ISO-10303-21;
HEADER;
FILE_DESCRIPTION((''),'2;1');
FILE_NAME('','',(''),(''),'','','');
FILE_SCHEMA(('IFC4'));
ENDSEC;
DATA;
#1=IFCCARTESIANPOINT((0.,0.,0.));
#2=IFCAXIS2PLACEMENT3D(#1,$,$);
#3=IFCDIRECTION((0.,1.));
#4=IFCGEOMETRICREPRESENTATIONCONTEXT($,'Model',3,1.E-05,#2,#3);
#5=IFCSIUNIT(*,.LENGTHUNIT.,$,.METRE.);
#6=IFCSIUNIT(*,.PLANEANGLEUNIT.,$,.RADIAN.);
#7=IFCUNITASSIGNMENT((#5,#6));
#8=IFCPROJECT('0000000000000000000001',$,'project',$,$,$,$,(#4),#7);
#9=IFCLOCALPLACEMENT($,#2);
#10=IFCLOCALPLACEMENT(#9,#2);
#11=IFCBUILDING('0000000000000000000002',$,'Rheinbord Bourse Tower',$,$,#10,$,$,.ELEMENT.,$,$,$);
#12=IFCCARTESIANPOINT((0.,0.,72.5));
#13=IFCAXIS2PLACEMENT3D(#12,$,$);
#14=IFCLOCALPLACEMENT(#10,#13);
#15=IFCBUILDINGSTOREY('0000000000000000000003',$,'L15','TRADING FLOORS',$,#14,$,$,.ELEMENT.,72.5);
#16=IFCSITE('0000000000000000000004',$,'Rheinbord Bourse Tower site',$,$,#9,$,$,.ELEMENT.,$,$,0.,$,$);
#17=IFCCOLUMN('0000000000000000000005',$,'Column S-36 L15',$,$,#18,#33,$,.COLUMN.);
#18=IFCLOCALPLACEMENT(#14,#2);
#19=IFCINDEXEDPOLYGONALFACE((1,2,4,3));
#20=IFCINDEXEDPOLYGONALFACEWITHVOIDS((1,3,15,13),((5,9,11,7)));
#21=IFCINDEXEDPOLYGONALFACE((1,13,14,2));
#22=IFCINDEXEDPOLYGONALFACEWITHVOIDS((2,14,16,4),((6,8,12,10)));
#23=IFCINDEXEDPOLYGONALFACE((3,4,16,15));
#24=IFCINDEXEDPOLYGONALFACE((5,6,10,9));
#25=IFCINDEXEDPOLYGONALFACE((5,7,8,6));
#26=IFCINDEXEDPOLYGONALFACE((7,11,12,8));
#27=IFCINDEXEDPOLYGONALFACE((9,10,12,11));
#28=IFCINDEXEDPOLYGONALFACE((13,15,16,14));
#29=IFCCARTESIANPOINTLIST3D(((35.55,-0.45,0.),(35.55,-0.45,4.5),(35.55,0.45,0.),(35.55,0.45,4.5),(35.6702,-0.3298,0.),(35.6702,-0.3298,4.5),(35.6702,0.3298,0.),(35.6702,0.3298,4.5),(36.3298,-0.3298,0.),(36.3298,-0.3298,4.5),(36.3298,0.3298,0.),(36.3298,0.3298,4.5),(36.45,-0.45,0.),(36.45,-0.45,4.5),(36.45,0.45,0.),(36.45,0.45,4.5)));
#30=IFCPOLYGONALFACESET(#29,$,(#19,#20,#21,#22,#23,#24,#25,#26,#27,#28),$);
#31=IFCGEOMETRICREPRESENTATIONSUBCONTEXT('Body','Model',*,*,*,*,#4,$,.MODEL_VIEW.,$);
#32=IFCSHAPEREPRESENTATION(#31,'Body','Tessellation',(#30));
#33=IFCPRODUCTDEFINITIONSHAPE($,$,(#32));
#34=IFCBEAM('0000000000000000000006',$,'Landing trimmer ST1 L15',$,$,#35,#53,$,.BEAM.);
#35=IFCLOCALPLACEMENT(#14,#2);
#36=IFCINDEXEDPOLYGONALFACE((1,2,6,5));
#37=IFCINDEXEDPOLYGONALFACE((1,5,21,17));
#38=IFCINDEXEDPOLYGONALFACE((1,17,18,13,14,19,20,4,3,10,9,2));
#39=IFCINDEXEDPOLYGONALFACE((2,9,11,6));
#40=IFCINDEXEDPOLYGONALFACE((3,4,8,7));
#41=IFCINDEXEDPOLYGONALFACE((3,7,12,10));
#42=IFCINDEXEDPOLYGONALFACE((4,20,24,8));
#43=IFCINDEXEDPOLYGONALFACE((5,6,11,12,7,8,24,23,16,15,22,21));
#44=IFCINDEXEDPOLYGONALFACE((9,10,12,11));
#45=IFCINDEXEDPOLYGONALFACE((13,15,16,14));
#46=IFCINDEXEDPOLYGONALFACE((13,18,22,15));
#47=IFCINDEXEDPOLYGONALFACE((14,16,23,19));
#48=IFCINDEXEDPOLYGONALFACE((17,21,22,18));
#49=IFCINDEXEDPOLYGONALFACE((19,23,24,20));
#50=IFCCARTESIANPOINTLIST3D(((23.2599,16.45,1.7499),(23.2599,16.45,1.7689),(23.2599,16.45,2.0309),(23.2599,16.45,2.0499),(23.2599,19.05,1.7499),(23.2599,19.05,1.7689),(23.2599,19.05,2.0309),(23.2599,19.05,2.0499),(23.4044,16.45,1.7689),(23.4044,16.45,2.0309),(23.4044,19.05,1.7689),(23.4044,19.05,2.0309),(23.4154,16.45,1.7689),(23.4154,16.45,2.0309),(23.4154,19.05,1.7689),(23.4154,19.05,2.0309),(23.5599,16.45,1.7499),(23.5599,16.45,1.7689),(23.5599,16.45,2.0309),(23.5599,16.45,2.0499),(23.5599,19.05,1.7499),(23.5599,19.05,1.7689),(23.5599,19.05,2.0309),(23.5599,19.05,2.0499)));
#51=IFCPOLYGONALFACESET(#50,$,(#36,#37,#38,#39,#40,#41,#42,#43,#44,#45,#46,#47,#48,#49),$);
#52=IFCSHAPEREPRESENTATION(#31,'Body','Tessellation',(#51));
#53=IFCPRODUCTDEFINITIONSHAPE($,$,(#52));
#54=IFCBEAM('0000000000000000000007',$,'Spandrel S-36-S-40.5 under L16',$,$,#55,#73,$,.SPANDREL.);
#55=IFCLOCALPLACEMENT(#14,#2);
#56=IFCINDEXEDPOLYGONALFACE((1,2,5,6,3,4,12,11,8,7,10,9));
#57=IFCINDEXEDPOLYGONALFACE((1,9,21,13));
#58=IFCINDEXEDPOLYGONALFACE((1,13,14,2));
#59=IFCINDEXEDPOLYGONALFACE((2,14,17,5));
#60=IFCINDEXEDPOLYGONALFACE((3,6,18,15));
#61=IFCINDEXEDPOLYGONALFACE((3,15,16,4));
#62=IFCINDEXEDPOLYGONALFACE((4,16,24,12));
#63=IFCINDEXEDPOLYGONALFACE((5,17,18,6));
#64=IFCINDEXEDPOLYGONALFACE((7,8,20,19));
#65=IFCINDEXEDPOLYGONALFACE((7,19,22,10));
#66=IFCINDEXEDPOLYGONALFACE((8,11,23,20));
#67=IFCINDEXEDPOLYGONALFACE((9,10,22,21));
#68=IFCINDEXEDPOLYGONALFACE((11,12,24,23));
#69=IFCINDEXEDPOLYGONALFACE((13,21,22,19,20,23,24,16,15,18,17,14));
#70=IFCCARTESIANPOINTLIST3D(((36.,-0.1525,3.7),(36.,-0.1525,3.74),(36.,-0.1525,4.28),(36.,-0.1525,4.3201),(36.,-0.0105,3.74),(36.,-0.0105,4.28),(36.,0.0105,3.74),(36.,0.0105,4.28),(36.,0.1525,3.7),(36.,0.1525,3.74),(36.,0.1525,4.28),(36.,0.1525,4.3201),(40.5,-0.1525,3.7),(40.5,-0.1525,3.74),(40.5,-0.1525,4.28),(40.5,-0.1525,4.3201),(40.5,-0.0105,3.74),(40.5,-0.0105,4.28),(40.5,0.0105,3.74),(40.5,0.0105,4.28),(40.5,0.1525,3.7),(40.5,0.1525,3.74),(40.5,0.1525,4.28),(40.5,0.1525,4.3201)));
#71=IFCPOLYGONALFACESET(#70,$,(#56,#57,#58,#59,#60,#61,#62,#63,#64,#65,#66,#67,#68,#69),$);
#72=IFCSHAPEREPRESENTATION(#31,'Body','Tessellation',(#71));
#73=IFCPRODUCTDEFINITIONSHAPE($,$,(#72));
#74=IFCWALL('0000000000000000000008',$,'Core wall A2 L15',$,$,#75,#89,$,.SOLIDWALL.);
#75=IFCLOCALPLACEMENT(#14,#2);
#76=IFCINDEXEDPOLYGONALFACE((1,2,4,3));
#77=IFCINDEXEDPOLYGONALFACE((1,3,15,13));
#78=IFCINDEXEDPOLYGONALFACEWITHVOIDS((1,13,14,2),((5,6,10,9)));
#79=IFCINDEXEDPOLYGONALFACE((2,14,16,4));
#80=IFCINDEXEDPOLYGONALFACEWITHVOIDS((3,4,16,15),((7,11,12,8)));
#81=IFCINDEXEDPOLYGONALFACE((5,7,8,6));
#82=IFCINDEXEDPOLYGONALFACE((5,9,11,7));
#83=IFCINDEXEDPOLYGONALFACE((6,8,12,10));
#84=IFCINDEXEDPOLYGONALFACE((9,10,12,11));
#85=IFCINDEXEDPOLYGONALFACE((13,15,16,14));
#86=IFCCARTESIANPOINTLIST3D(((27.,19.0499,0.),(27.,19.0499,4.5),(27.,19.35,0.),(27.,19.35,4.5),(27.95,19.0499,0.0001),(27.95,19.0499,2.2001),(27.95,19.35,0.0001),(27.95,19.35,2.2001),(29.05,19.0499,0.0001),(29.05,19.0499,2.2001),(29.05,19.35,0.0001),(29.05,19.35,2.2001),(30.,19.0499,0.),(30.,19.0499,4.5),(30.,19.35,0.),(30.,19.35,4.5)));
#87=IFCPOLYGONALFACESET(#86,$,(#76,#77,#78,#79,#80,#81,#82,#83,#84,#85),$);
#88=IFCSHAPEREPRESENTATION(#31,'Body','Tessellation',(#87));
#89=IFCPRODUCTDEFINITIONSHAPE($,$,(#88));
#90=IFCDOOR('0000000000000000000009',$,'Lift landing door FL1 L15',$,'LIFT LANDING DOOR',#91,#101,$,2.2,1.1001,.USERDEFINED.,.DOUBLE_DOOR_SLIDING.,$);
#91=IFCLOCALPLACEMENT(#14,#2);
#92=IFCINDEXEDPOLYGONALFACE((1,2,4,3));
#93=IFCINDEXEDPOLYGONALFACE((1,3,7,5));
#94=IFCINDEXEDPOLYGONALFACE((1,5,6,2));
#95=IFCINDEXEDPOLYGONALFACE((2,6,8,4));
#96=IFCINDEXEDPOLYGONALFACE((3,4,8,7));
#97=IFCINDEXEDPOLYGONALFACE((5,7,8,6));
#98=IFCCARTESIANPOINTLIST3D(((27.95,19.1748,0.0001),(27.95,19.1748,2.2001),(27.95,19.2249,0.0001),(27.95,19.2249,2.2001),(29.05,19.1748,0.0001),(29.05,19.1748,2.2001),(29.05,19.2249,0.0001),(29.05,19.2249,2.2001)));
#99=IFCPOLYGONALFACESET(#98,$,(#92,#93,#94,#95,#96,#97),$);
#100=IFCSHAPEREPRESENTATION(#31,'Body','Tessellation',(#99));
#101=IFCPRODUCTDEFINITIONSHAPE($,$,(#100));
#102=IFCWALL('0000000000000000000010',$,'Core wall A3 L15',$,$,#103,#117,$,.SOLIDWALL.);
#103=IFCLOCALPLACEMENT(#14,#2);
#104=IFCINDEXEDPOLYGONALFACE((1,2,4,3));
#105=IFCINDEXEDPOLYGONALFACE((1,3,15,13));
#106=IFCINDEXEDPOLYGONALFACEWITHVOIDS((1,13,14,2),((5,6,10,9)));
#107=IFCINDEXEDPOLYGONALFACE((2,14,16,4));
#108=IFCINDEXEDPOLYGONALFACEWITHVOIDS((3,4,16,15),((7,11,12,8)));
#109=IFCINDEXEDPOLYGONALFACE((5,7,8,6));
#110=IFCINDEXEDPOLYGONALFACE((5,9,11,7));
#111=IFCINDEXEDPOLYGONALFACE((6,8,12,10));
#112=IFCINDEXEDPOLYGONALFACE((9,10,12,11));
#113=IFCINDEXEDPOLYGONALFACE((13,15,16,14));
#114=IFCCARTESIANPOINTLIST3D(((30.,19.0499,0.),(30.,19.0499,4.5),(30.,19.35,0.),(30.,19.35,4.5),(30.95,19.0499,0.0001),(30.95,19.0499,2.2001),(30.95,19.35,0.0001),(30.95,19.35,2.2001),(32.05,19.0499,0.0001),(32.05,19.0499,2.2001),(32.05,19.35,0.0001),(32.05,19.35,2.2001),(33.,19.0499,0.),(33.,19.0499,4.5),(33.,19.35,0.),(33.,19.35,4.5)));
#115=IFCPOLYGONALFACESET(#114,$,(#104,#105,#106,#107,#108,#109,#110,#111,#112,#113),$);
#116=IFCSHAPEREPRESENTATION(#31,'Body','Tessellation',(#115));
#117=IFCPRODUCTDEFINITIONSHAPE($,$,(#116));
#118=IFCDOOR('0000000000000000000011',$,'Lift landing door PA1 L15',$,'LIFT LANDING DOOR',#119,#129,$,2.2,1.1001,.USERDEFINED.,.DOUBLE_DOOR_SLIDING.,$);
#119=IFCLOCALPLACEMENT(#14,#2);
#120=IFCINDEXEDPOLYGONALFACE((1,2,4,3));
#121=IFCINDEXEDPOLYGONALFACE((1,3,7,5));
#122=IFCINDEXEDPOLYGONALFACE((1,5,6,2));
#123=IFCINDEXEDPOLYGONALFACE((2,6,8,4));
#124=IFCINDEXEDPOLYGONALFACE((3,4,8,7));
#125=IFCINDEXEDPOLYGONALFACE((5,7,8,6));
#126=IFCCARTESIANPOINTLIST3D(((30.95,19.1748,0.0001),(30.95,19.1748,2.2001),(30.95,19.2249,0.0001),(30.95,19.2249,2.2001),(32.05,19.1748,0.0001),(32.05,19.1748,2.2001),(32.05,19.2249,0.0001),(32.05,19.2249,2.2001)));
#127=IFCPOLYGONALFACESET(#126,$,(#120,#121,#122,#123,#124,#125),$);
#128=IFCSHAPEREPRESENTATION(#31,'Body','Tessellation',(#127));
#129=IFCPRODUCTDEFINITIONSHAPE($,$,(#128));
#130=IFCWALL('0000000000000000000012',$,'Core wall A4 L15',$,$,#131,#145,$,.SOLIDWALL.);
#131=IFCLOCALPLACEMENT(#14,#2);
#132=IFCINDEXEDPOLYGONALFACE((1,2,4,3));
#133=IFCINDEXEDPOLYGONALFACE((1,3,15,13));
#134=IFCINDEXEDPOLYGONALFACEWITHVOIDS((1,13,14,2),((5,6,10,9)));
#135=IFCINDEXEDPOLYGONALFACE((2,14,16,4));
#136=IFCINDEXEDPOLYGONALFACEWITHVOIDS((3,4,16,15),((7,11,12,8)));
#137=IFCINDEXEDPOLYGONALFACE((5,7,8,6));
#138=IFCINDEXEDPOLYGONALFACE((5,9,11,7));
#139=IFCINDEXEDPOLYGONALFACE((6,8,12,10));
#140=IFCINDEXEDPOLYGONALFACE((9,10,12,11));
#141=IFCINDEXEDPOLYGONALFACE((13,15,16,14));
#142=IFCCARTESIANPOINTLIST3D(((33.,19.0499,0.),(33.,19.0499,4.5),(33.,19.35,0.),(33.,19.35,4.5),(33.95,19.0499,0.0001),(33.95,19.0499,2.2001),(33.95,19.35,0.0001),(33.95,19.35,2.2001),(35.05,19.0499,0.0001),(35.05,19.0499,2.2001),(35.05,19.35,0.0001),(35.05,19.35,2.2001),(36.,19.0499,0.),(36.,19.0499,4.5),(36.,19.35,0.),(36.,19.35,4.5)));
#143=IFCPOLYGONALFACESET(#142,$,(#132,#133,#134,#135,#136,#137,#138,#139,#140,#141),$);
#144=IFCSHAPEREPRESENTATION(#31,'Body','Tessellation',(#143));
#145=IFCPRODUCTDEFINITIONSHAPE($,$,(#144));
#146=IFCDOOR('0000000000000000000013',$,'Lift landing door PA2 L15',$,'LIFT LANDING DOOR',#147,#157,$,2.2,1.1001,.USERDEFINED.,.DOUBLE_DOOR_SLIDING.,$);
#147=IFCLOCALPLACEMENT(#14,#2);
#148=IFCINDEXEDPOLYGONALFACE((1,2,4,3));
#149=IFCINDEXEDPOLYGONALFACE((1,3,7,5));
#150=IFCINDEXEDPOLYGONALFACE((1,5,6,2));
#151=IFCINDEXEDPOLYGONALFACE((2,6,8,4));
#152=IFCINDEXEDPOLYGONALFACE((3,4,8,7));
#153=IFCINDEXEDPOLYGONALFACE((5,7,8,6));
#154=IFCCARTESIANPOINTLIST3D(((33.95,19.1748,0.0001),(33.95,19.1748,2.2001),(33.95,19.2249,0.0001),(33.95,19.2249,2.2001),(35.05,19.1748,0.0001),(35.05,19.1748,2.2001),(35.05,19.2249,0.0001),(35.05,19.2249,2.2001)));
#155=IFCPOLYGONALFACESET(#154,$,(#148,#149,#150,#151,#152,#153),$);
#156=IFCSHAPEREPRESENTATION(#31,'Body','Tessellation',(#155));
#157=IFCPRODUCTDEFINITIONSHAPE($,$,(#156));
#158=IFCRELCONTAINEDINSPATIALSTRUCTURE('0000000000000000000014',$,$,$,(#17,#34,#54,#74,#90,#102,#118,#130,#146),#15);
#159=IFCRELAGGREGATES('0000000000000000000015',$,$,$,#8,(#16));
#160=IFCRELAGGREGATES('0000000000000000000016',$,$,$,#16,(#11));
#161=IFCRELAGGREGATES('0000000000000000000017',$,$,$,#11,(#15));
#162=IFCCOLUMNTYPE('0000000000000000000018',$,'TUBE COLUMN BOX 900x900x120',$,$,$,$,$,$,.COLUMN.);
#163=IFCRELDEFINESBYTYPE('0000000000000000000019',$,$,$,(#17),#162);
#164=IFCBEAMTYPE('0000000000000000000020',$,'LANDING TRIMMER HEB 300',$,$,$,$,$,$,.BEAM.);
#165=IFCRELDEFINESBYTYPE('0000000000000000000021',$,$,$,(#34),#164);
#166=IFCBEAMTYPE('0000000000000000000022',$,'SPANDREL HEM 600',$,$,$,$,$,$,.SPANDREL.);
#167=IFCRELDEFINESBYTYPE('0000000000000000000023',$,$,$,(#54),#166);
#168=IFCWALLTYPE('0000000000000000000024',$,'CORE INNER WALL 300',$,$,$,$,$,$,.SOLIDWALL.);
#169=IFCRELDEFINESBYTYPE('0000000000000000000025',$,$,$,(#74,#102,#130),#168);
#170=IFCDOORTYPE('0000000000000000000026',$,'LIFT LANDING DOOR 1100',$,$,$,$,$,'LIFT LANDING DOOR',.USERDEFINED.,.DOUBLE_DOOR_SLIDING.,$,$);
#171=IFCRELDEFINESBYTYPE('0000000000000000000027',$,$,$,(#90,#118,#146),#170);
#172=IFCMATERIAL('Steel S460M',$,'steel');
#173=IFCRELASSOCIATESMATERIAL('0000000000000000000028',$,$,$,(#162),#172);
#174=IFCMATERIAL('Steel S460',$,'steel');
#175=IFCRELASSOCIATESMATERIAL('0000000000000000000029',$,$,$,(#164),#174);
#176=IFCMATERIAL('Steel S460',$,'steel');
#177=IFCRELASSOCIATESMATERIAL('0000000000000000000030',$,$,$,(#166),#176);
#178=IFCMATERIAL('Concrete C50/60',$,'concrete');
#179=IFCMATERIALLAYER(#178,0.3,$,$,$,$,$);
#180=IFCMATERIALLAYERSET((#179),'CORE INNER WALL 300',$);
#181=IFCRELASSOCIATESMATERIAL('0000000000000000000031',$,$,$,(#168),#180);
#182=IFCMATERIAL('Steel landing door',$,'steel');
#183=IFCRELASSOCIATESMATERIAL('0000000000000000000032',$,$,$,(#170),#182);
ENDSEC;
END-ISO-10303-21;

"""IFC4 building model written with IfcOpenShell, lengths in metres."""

from ifc_helpers import new_model, si_unit, direction, frame, frame_2d, origin, origin_2d, place, context, subcontext, project, spatial, rectangle, hollow_rectangle, i_section, extrude, material, layer, layer_set, material_profile, profile_set, type_object, element, fill, save


model = new_model("IFC4")

# Units and contexts
model_context = context("Model", 3, precision=1e-05, world=origin(), true_north=direction((0.0, 1.0)))
body_context = subcontext(model_context, "Body", "Model", "MODEL_VIEW")
ifc_project = project(units=[si_unit("LENGTHUNIT", "METRE"), si_unit("PLANEANGLEUNIT", "RADIAN")], contexts=[model_context])

# Site, building, storey
site_placement = place(None, origin())
site = spatial("IfcSite", under=ifc_project, at=site_placement, Name="Rheinbord Bourse Tower site", CompositionType="ELEMENT", RefElevation=0.0)
building_placement = place(site_placement, origin())
building = spatial("IfcBuilding", under=site, at=building_placement, Name="Rheinbord Bourse Tower", CompositionType="ELEMENT")
storey_placement = place(building_placement, frame((0.0, 0.0, 72.5)))
storey = spatial("IfcBuildingStorey", under=building, at=storey_placement, Name="L15", Description="TRADING FLOORS", CompositionType="ELEMENT", Elevation=72.5)

# Column
ifc_material_1 = material(Name="Steel S460M", Category="steel")
ifc_material_profile_1 = material_profile(ifc_material_1, hollow_rectangle(XDim=0.8999, YDim=0.8999, WallThickness=0.1201, at=origin_2d()), Name="BOX 900x900x120")
ifc_profile_set_1 = profile_set([ifc_material_profile_1], Name="Steel S460M")
column_type = type_object("IfcColumnType", Name="TUBE COLUMN BOX 900x900x120", PredefinedType="COLUMN", material=ifc_profile_set_1)
column_placement = place(storey_placement, frame((36.0, 0.0, 0.0), z_axis=(0.0, 0.0, 1.0), x_axis=(0.0, 1.0, 0.0)))
element("IfcColumn", 1, at=column_placement, inside=storey, type_object=column_type, Name="Column S-36 L15", PredefinedType="COLUMN", context=body_context, shape_type="SweptSolid", body=[
    extrude(hollow_rectangle(XDim=0.8999, YDim=0.8999, WallThickness=0.1201, at=origin_2d()), origin(), (0.0, 0.0, 1.0), 4.5),
])

# Beams
ifc_material_2 = material(Name="Steel S460", Category="steel")
ifc_material_profile_2 = material_profile(ifc_material_2, i_section(OverallWidth=0.3, OverallDepth=0.3, WebThickness=0.011, FlangeThickness=0.019, at=origin_2d()), Name="HEB 300")
ifc_profile_set_2 = profile_set([ifc_material_profile_2], Name="Steel S460")
beam_type_1 = type_object("IfcBeamType", Name="LANDING TRIMMER HEB 300", PredefinedType="BEAM", material=ifc_profile_set_2)
beam_1_placement = place(storey_placement, frame((23.4099, 16.45, 1.8999), z_axis=(0.0, 1.0, 0.0), x_axis=(-1.0, 0.0, 0.0)))
element("IfcBeam", 2, at=beam_1_placement, inside=storey, type_object=beam_type_1, Name="Landing trimmer ST1 L15", PredefinedType="BEAM", context=body_context, shape_type="SweptSolid", body=[
    extrude(i_section(OverallWidth=0.3, OverallDepth=0.3, WebThickness=0.011, FlangeThickness=0.019, at=origin_2d()), origin(), (0.0, 0.0, 1.0), 2.6001),
])
ifc_material_3 = material(Name="Steel S460", Category="steel")
ifc_material_profile_3 = material_profile(ifc_material_3, i_section(OverallWidth=0.3049, OverallDepth=0.6201, WebThickness=0.021, FlangeThickness=0.04, at=origin_2d()), Name="HEM 600")
ifc_profile_set_3 = profile_set([ifc_material_profile_3], Name="Steel S460")
beam_type_2 = type_object("IfcBeamType", Name="SPANDREL HEM 600", PredefinedType="SPANDREL", material=ifc_profile_set_3)
beam_2_placement = place(storey_placement, frame((36.0, 0.0, 4.01), z_axis=(1.0, 0.0, 0.0), x_axis=(0.0, 1.0, 0.0)))
element("IfcBeam", 3, at=beam_2_placement, inside=storey, type_object=beam_type_2, Name="Spandrel S-36-S-40.5 under L16", PredefinedType="SPANDREL", context=body_context, shape_type="SweptSolid", body=[
    extrude(i_section(OverallWidth=0.3049, OverallDepth=0.6201, WebThickness=0.021, FlangeThickness=0.04, at=origin_2d()), origin(), (0.0, 0.0, 1.0), 4.5),
])

# Walls, openings, doors
ifc_material_4 = material(Name="Concrete C50/60", Category="concrete")
ifc_layer_1 = layer(ifc_material_4, 0.3)
ifc_layer_set_1 = layer_set([ifc_layer_1], Name="CORE INNER WALL 300")
wall_type_1 = type_object("IfcWallType", Name="CORE INNER WALL 300", PredefinedType="SOLIDWALL", material=ifc_layer_set_1)
wall_1_placement = place(storey_placement, frame((27.0, 19.2, 0.0), z_axis=(0.0, 0.0, 1.0), x_axis=(1.0, 0.0, 0.0)))
wall_1 = element("IfcWall", 4, at=wall_1_placement, inside=storey, type_object=wall_type_1, Name="Core wall A2 L15", PredefinedType="SOLIDWALL", context=body_context, shape_type="SweptSolid", body=[
    extrude(rectangle(XDim=3.0, YDim=0.3, at=frame_2d((1.5, 0.0))), origin(), (0.0, 0.0, 1.0), 4.5),
])
opening_1_placement = place(wall_1_placement, frame((0.95, 0.0, 0.0)))
opening_1 = element("IfcOpeningElement", 5, at=opening_1_placement, cuts=wall_1, PredefinedType="OPENING", context=body_context, shape_type="SweptSolid", body=[
    extrude(rectangle(XDim=1.1001, YDim=2.2, at=frame_2d((0.55, 1.1001))), frame((0.0, 0.1599, 0.0), z_axis=(0.0, -1.0, 0.0), x_axis=(1.0, 0.0, 0.0)), (0.0, 0.0, 1.0), 0.3201),
])
ifc_material_5 = material(Name="Steel landing door", Category="steel")
door_type_1 = type_object("IfcDoorType", Name="LIFT LANDING DOOR 1100", ElementType="LIFT LANDING DOOR", OperationType="DOUBLE_DOOR_SLIDING", PredefinedType="USERDEFINED", material=ifc_material_5)
door_1_placement = place(opening_1_placement, origin())
door_1 = element("IfcDoor", 6, at=door_1_placement, inside=storey, type_object=door_type_1, Name="Lift landing door FL1 L15", ObjectType="LIFT LANDING DOOR", OperationType="DOUBLE_DOOR_SLIDING", OverallHeight=2.2, OverallWidth=1.1001, PredefinedType="USERDEFINED", context=body_context, shape_type="SweptSolid", body=[
    extrude(rectangle(XDim=1.1001, YDim=2.2, at=frame_2d((0.55, 1.1001))), frame((0.0, 0.0249, 0.0), z_axis=(0.0, -1.0, 0.0), x_axis=(1.0, 0.0, 0.0)), (0.0, 0.0, 1.0), 0.05),
])
fill(opening_1, door_1)
wall_2_placement = place(storey_placement, frame((30.0, 19.2, 0.0), z_axis=(0.0, 0.0, 1.0), x_axis=(1.0, 0.0, 0.0)))
wall_2 = element("IfcWall", 7, at=wall_2_placement, inside=storey, type_object=wall_type_1, Name="Core wall A3 L15", PredefinedType="SOLIDWALL", context=body_context, shape_type="SweptSolid", body=[
    extrude(rectangle(XDim=3.0, YDim=0.3, at=frame_2d((1.5, 0.0))), origin(), (0.0, 0.0, 1.0), 4.5),
])
opening_2_placement = place(wall_2_placement, frame((0.95, 0.0, 0.0)))
opening_2 = element("IfcOpeningElement", 8, at=opening_2_placement, cuts=wall_2, PredefinedType="OPENING", context=body_context, shape_type="SweptSolid", body=[
    extrude(rectangle(XDim=1.1001, YDim=2.2, at=frame_2d((0.55, 1.1001))), frame((0.0, 0.1599, 0.0), z_axis=(0.0, -1.0, 0.0), x_axis=(1.0, 0.0, 0.0)), (0.0, 0.0, 1.0), 0.3201),
])
door_2_placement = place(opening_2_placement, origin())
door_2 = element("IfcDoor", 9, at=door_2_placement, inside=storey, type_object=door_type_1, Name="Lift landing door PA1 L15", ObjectType="LIFT LANDING DOOR", OperationType="DOUBLE_DOOR_SLIDING", OverallHeight=2.2, OverallWidth=1.1001, PredefinedType="USERDEFINED", context=body_context, shape_type="SweptSolid", body=[
    extrude(rectangle(XDim=1.1001, YDim=2.2, at=frame_2d((0.55, 1.1001))), frame((0.0, 0.0249, 0.0), z_axis=(0.0, -1.0, 0.0), x_axis=(1.0, 0.0, 0.0)), (0.0, 0.0, 1.0), 0.05),
])
fill(opening_2, door_2)
wall_3_placement = place(storey_placement, frame((33.0, 19.2, 0.0), z_axis=(0.0, 0.0, 1.0), x_axis=(1.0, 0.0, 0.0)))
wall_3 = element("IfcWall", 10, at=wall_3_placement, inside=storey, type_object=wall_type_1, Name="Core wall A4 L15", PredefinedType="SOLIDWALL", context=body_context, shape_type="SweptSolid", body=[
    extrude(rectangle(XDim=3.0, YDim=0.3, at=frame_2d((1.5, 0.0))), origin(), (0.0, 0.0, 1.0), 4.5),
])
opening_3_placement = place(wall_3_placement, frame((0.95, 0.0, 0.0)))
opening_3 = element("IfcOpeningElement", 11, at=opening_3_placement, cuts=wall_3, PredefinedType="OPENING", context=body_context, shape_type="SweptSolid", body=[
    extrude(rectangle(XDim=1.1001, YDim=2.2, at=frame_2d((0.55, 1.1001))), frame((0.0, 0.1599, 0.0), z_axis=(0.0, -1.0, 0.0), x_axis=(1.0, 0.0, 0.0)), (0.0, 0.0, 1.0), 0.3201),
])
door_3_placement = place(opening_3_placement, origin())
door_3 = element("IfcDoor", 12, at=door_3_placement, inside=storey, type_object=door_type_1, Name="Lift landing door PA2 L15", ObjectType="LIFT LANDING DOOR", OperationType="DOUBLE_DOOR_SLIDING", OverallHeight=2.2, OverallWidth=1.1001, PredefinedType="USERDEFINED", context=body_context, shape_type="SweptSolid", body=[
    extrude(rectangle(XDim=1.1001, YDim=2.2, at=frame_2d((0.55, 1.1001))), frame((0.0, 0.0249, 0.0), z_axis=(0.0, -1.0, 0.0), x_axis=(1.0, 0.0, 0.0)), (0.0, 0.0, 1.0), 0.05),
])
fill(opening_3, door_3)

save(model, "model.ifc")
